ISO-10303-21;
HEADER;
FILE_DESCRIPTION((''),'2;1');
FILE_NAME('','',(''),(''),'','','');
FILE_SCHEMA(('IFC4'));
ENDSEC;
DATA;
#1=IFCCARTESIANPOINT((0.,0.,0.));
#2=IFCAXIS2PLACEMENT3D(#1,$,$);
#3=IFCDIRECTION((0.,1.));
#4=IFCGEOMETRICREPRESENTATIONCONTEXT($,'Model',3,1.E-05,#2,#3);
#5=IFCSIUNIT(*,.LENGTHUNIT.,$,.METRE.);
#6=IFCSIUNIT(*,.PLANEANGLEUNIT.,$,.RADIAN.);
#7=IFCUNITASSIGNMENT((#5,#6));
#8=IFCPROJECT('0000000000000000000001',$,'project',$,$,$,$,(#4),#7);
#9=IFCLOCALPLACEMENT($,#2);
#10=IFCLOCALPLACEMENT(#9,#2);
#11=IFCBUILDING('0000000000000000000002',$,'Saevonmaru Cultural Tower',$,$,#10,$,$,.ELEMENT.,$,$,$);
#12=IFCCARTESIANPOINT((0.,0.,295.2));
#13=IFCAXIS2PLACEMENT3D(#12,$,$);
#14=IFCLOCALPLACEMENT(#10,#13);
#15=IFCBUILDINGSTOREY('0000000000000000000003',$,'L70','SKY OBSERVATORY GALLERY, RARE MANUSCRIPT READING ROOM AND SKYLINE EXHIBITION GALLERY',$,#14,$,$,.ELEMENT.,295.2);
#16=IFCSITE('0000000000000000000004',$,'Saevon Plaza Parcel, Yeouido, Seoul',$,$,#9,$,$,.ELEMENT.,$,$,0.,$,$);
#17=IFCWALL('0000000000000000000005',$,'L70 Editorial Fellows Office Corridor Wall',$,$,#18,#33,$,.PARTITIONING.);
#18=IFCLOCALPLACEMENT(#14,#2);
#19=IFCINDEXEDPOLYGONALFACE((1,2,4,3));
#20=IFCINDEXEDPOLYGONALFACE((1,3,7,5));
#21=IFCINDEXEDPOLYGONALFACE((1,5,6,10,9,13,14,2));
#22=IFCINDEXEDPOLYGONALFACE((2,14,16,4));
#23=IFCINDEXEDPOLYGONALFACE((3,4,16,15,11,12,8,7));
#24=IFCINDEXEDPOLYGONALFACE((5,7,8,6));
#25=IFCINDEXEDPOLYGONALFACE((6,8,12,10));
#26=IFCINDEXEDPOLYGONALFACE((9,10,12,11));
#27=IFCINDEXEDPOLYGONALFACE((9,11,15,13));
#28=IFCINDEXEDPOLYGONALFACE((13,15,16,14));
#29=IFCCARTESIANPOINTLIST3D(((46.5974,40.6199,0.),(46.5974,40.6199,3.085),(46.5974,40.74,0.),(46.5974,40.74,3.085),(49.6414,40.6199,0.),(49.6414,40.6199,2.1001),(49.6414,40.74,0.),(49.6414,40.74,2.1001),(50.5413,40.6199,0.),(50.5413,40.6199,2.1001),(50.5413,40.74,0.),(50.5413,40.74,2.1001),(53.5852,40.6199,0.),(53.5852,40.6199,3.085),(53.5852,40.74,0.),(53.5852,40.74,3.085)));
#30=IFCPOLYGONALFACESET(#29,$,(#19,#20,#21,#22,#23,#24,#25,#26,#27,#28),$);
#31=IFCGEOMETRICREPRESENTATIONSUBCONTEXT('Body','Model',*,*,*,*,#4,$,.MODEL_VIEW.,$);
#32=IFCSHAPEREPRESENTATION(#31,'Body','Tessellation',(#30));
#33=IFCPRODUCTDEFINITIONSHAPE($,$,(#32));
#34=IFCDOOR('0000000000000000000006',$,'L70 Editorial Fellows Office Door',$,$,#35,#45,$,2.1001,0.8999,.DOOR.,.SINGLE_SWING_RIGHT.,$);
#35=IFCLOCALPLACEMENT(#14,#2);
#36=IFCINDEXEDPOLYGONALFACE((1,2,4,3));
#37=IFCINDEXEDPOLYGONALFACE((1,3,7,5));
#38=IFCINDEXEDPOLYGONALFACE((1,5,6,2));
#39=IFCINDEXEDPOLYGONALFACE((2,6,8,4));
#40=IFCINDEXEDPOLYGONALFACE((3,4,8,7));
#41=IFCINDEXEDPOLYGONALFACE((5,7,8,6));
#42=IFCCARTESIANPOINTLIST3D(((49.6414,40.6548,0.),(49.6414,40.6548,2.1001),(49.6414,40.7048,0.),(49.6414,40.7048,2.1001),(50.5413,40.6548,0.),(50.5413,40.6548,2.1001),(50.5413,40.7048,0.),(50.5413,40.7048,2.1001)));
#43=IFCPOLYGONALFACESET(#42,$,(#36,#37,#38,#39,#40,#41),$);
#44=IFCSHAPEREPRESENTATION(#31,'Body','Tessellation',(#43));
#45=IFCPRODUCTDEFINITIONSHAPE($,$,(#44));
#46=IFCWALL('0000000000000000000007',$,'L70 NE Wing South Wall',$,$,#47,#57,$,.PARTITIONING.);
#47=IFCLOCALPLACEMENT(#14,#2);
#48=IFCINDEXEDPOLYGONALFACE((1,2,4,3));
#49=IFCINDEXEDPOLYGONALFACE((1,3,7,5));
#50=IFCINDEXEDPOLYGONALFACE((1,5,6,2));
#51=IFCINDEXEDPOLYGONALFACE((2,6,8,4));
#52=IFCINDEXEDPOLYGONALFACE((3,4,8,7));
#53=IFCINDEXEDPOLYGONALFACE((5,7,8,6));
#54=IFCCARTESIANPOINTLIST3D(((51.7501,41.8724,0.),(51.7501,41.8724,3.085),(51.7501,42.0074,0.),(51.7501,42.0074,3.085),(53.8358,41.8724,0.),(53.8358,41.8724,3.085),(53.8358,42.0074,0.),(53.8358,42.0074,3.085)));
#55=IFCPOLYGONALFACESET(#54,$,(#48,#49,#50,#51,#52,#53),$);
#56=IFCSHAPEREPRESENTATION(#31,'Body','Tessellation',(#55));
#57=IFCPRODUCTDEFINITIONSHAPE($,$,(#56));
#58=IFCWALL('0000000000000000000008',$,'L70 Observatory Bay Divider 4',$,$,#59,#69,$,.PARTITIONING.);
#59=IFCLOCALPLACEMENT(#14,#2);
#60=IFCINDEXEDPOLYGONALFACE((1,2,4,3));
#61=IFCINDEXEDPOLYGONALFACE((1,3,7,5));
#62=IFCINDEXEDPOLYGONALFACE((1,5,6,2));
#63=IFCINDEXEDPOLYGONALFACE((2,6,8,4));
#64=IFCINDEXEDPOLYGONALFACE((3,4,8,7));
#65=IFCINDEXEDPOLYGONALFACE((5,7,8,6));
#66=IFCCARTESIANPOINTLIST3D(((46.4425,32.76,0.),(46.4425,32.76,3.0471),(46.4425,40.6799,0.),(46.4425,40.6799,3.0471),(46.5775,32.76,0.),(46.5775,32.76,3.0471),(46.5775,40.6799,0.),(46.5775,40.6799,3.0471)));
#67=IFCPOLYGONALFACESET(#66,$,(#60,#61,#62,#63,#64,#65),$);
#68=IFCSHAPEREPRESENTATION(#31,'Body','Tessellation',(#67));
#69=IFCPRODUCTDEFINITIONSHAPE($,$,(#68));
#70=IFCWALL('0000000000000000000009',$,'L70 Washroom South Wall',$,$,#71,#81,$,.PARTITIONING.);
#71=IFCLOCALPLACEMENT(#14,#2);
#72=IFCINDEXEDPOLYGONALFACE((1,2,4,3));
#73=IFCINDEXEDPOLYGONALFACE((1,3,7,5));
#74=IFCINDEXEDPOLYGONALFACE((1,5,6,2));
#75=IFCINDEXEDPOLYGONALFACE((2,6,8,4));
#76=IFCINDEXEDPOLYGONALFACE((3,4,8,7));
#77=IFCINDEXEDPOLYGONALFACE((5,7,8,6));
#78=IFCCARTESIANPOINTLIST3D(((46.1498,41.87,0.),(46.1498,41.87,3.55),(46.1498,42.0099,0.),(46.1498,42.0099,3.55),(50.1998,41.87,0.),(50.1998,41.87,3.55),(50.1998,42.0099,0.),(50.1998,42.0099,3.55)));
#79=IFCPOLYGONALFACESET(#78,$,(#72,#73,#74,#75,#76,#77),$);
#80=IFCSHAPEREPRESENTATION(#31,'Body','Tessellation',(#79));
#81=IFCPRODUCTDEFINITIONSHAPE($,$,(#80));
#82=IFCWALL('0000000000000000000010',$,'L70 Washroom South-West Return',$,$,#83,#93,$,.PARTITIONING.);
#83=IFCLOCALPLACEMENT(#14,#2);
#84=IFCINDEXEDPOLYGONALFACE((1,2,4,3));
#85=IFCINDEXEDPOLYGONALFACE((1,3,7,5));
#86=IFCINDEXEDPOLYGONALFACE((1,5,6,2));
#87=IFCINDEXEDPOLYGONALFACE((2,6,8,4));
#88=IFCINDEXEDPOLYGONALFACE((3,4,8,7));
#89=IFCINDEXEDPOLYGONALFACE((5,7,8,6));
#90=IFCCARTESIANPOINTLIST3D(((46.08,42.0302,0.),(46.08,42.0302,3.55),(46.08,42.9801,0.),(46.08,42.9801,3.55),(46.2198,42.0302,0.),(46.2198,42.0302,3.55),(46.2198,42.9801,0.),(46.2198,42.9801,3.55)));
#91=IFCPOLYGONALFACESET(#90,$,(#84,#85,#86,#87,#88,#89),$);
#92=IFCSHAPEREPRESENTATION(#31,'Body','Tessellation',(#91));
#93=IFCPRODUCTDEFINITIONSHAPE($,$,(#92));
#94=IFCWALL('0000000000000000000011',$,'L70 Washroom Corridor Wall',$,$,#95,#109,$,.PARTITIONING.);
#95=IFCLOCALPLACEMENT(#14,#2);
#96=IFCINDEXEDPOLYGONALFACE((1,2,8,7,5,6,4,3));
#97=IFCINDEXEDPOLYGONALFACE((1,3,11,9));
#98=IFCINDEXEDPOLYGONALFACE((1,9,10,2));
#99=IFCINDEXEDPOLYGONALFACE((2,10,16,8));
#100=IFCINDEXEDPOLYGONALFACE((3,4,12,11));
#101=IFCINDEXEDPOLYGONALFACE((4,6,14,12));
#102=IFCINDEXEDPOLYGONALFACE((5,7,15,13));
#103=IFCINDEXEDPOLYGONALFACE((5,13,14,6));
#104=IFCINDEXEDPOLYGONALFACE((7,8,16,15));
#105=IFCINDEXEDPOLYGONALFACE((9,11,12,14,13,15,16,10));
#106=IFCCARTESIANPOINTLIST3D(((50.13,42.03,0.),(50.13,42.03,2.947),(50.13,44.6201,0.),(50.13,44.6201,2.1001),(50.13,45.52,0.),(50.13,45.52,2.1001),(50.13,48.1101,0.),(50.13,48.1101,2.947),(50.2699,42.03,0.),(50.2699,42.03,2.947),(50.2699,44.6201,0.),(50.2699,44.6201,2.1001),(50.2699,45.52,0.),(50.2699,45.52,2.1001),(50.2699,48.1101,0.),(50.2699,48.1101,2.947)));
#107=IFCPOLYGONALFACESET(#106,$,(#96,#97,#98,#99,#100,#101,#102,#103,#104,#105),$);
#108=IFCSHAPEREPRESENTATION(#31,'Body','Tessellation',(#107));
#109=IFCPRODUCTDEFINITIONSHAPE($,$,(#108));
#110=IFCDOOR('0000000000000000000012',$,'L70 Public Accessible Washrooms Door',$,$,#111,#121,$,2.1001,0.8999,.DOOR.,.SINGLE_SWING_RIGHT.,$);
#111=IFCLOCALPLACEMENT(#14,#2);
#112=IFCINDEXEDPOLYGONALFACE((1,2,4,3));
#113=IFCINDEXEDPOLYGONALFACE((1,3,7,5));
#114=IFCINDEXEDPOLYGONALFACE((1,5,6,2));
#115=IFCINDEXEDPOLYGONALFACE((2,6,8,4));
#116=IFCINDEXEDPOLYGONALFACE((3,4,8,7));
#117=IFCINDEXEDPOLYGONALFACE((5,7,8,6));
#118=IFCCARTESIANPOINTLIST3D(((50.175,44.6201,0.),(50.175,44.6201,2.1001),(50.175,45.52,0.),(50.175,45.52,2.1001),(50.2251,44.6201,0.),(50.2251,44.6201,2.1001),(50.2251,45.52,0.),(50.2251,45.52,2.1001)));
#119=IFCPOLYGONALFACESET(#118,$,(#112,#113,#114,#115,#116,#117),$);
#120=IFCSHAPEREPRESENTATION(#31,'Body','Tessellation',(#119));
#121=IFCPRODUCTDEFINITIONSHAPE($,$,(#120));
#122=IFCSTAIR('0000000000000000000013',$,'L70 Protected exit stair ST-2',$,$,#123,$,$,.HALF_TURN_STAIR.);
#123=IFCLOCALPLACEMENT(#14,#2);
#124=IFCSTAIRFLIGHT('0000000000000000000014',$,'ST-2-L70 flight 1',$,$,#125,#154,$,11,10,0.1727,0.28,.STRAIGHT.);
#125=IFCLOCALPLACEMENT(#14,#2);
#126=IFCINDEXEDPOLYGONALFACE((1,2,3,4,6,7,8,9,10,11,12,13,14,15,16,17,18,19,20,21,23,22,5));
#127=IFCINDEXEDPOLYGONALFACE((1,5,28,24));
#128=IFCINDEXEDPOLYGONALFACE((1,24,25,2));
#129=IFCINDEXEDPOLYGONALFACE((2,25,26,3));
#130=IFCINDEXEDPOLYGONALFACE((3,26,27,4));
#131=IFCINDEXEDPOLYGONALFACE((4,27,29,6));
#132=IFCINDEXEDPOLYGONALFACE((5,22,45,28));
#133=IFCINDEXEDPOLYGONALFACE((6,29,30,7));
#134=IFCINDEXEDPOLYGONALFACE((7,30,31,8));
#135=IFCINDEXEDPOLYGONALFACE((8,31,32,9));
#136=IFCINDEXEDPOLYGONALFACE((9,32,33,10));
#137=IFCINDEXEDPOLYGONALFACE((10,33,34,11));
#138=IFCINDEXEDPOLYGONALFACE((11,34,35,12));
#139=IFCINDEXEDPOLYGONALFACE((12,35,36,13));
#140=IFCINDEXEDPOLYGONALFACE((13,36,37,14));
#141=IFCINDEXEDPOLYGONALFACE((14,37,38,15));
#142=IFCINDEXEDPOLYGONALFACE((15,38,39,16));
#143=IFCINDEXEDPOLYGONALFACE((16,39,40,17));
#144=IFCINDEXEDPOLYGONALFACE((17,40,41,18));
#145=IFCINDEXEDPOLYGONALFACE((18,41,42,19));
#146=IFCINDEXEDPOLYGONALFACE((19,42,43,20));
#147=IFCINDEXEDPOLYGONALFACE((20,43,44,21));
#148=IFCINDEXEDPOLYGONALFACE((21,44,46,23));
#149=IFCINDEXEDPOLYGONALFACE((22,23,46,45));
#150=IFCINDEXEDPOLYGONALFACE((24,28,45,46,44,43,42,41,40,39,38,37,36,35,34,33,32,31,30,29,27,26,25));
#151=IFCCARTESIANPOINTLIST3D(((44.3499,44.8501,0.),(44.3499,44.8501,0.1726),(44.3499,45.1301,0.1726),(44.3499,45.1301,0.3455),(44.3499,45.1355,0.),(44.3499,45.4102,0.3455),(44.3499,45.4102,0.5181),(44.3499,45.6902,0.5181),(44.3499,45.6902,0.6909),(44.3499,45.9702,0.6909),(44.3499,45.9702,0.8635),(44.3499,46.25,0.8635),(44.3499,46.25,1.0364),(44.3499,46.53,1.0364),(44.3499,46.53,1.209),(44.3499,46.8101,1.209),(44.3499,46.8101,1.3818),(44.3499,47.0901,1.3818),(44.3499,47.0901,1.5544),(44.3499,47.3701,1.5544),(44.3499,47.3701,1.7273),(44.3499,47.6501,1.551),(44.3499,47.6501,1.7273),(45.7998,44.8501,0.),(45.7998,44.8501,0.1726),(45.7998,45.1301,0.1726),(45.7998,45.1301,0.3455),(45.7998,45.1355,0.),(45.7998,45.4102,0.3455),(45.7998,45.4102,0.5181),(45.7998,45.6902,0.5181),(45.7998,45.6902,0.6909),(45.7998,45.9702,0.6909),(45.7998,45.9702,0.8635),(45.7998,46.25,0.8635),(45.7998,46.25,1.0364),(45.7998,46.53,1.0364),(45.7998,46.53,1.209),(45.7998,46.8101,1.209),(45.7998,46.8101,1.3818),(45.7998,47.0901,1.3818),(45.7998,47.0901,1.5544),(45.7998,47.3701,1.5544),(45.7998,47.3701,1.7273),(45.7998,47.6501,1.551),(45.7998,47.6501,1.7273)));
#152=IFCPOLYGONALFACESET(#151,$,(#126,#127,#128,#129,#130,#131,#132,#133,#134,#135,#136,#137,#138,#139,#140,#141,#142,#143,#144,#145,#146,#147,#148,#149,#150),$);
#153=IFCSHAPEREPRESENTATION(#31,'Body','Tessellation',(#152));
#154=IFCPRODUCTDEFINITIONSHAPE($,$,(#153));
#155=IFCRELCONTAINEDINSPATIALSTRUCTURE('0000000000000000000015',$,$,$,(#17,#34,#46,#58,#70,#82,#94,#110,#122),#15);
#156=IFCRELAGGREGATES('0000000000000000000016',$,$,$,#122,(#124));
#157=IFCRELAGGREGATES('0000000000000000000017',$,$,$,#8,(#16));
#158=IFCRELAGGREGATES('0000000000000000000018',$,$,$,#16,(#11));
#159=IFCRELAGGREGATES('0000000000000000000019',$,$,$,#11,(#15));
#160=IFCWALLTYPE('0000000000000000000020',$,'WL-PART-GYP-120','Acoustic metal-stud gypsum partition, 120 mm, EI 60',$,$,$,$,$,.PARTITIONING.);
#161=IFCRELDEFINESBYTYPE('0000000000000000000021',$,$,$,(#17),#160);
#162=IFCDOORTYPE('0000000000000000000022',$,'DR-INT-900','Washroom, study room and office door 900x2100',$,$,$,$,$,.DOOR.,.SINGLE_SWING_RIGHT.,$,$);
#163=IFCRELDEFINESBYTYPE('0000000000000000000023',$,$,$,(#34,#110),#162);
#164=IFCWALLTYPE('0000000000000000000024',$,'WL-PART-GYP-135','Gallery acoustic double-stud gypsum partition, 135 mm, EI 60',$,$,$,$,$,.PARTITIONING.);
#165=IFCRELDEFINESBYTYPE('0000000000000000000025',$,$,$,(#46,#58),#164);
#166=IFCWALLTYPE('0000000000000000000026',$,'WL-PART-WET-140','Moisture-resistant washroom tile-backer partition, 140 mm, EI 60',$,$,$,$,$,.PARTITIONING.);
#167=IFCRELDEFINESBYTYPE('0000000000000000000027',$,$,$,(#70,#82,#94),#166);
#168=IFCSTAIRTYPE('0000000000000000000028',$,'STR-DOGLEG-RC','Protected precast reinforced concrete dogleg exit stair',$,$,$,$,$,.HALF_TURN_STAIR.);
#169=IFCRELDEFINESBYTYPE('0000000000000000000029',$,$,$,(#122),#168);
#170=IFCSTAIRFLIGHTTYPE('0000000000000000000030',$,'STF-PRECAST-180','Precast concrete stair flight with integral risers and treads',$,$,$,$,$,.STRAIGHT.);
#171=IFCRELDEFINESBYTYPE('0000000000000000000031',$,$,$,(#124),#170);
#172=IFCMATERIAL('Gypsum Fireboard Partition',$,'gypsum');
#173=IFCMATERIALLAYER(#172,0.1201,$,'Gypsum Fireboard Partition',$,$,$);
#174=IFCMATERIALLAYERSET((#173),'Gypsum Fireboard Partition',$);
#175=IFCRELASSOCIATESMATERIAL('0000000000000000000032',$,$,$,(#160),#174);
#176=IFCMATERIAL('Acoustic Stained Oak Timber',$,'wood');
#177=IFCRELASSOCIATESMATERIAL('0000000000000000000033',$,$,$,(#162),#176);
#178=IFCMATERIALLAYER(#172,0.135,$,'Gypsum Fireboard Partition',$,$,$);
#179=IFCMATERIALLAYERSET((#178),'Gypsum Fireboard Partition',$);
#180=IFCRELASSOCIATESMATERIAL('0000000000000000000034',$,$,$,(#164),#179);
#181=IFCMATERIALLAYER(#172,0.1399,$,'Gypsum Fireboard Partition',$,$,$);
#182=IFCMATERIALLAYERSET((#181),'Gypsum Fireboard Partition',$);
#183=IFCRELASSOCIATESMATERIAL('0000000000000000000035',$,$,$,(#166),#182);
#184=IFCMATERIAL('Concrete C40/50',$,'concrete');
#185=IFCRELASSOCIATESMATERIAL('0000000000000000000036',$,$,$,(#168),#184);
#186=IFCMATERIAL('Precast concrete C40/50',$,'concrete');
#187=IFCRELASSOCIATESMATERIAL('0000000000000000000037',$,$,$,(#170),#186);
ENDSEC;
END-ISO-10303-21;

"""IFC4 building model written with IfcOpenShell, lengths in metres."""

from ifc_helpers import new_model, si_unit, direction, frame, frame_2d, origin, place, context, subcontext, project, spatial, polyline, rectangle, outline, extrude, material, layer, layer_set, type_object, element, fill, aggregate, save


model = new_model("IFC4")

# Units and contexts
model_context = context("Model", 3, precision=1e-05, world=origin(), true_north=direction((0.0, 1.0)))
body_context = subcontext(model_context, "Body", "Model", "MODEL_VIEW")
ifc_project = project(units=[si_unit("LENGTHUNIT", "METRE"), si_unit("PLANEANGLEUNIT", "RADIAN")], contexts=[model_context])

# Site, building, storey
site_placement = place(None, origin())
site = spatial("IfcSite", under=ifc_project, at=site_placement, Name="Saevon Plaza Parcel, Yeouido, Seoul", CompositionType="ELEMENT", RefElevation=0.0)
building_placement = place(site_placement, origin())
building = spatial("IfcBuilding", under=site, at=building_placement, Name="Saevonmaru Cultural Tower", CompositionType="ELEMENT")
storey_placement = place(building_placement, frame((0.0, 0.0, 295.2)))
storey = spatial("IfcBuildingStorey", under=building, at=storey_placement, Name="L70", Description="SKY OBSERVATORY GALLERY, RARE MANUSCRIPT READING ROOM AND SKYLINE EXHIBITION GALLERY", CompositionType="ELEMENT", Elevation=295.2)

# Wall, opening, door
ifc_material_1 = material(Name="Gypsum Fireboard Partition", Category="gypsum")
ifc_layer_1 = layer(ifc_material_1, 0.1201, Name="Gypsum Fireboard Partition")
ifc_layer_set_1 = layer_set([ifc_layer_1], Name="Gypsum Fireboard Partition")
wall_type_1 = type_object("IfcWallType", Name="WL-PART-GYP-120", Description="Acoustic metal-stud gypsum partition, 120 mm, EI 60", PredefinedType="PARTITIONING", material=ifc_layer_set_1)
wall_1_placement = place(storey_placement, frame((46.5974, 40.6799, 0.0), z_axis=(0.0, 0.0, 1.0), x_axis=(1.0, 0.0, 0.0)))
wall_1 = element("IfcWall", 1, at=wall_1_placement, inside=storey, type_object=wall_type_1, Name="L70 Editorial Fellows Office Corridor Wall", PredefinedType="PARTITIONING", context=body_context, shape_type="SweptSolid", body=[
    extrude(rectangle(XDim=6.9878, YDim=0.1201, at=frame_2d((3.4939, 0.0))), origin(), (0.0, 0.0, 1.0), 3.085),
])
opening_1_placement = place(wall_1_placement, frame((3.0439, 0.0, 0.0)))
opening_1 = element("IfcOpeningElement", 2, at=opening_1_placement, cuts=wall_1, PredefinedType="OPENING", context=body_context, shape_type="SweptSolid", body=[
    extrude(rectangle(XDim=0.8999, YDim=2.1001, at=frame_2d((0.45, 1.05))), frame((0.0, 0.0701, 0.0), z_axis=(0.0, -1.0, 0.0), x_axis=(1.0, 0.0, 0.0)), (0.0, 0.0, 1.0), 0.1401),
])
ifc_material_2 = material(Name="Acoustic Stained Oak Timber", Category="wood")
door_type_1 = type_object("IfcDoorType", Name="DR-INT-900", Description="Washroom, study room and office door 900x2100", OperationType="SINGLE_SWING_RIGHT", PredefinedType="DOOR", material=ifc_material_2)
door_1_placement = place(opening_1_placement, origin())
door_1 = element("IfcDoor", 3, at=door_1_placement, inside=storey, type_object=door_type_1, Name="L70 Editorial Fellows Office Door", OperationType="SINGLE_SWING_RIGHT", OverallHeight=2.1001, OverallWidth=0.8999, PredefinedType="DOOR", context=body_context, shape_type="SweptSolid", body=[
    extrude(rectangle(XDim=0.8999, YDim=2.1001, at=frame_2d((0.45, 1.05))), frame((0.0, 0.0249, 0.0), z_axis=(0.0, -1.0, 0.0), x_axis=(1.0, 0.0, 0.0)), (0.0, 0.0, 1.0), 0.05),
])
fill(opening_1, door_1)

# Walls
ifc_layer_2 = layer(ifc_material_1, 0.135, Name="Gypsum Fireboard Partition")
ifc_layer_set_2 = layer_set([ifc_layer_2], Name="Gypsum Fireboard Partition")
wall_type_2 = type_object("IfcWallType", Name="WL-PART-GYP-135", Description="Gallery acoustic double-stud gypsum partition, 135 mm, EI 60", PredefinedType="PARTITIONING", material=ifc_layer_set_2)
wall_2_placement = place(storey_placement, frame((51.75, 41.9399, 0.0), z_axis=(0.0, 0.0, 1.0), x_axis=(1.0, 0.0, 0.0)))
element("IfcWall", 4, at=wall_2_placement, inside=storey, type_object=wall_type_2, Name="L70 NE Wing South Wall", PredefinedType="PARTITIONING", context=body_context, shape_type="SweptSolid", body=[
    extrude(rectangle(XDim=2.0857, YDim=0.135, at=frame_2d((1.043, 0.0))), origin(), (0.0, 0.0, 1.0), 3.085),
])
wall_3_placement = place(storey_placement, frame((46.51, 32.76, 0.0), z_axis=(0.0, 0.0, 1.0), x_axis=(0.0, 1.0, 0.0)))
element("IfcWall", 5, at=wall_3_placement, inside=storey, type_object=wall_type_2, Name="L70 Observatory Bay Divider 4", PredefinedType="PARTITIONING", context=body_context, shape_type="SweptSolid", body=[
    extrude(rectangle(XDim=7.9199, YDim=0.135, at=frame_2d((3.96, 0.0))), origin(), (0.0, 0.0, 1.0), 3.0471),
])
ifc_layer_3 = layer(ifc_material_1, 0.1399, Name="Gypsum Fireboard Partition")
ifc_layer_set_3 = layer_set([ifc_layer_3], Name="Gypsum Fireboard Partition")
wall_type_3 = type_object("IfcWallType", Name="WL-PART-WET-140", Description="Moisture-resistant washroom tile-backer partition, 140 mm, EI 60", PredefinedType="PARTITIONING", material=ifc_layer_set_3)
wall_4_placement = place(storey_placement, frame((46.1499, 41.9399, 0.0), z_axis=(0.0, 0.0, 1.0), x_axis=(1.0, 0.0, 0.0)))
element("IfcWall", 6, at=wall_4_placement, inside=storey, type_object=wall_type_3, Name="L70 Washroom South Wall", PredefinedType="PARTITIONING", context=body_context, shape_type="SweptSolid", body=[
    extrude(rectangle(XDim=4.05, YDim=0.1399, at=frame_2d((2.0249, 0.0))), origin(), (0.0, 0.0, 1.0), 3.55),
])
wall_5_placement = place(storey_placement, frame((46.1499, 42.03, 0.0), z_axis=(0.0, 0.0, 1.0), x_axis=(0.0, 1.0, 0.0)))
element("IfcWall", 7, at=wall_5_placement, inside=storey, type_object=wall_type_3, Name="L70 Washroom South-West Return", PredefinedType="PARTITIONING", context=body_context, shape_type="SweptSolid", body=[
    extrude(rectangle(XDim=0.95, YDim=0.1399, at=frame_2d((0.4751, 0.0))), origin(), (0.0, 0.0, 1.0), 3.55),
])

# Wall, opening, door
wall_6_placement = place(storey_placement, frame((50.2, 42.03, 0.0), z_axis=(0.0, 0.0, 1.0), x_axis=(0.0, 1.0, 0.0)))
wall_6 = element("IfcWall", 8, at=wall_6_placement, inside=storey, type_object=wall_type_3, Name="L70 Washroom Corridor Wall", PredefinedType="PARTITIONING", context=body_context, shape_type="SweptSolid", body=[
    extrude(rectangle(XDim=6.0801, YDim=0.1399, at=frame_2d((3.04, 0.0))), origin(), (0.0, 0.0, 1.0), 2.947),
])
opening_2_placement = place(wall_6_placement, frame((2.5901, 0.0, 0.0)))
opening_2 = element("IfcOpeningElement", 9, at=opening_2_placement, cuts=wall_6, PredefinedType="OPENING", context=body_context, shape_type="SweptSolid", body=[
    extrude(rectangle(XDim=0.8999, YDim=2.1001, at=frame_2d((0.45, 1.05))), frame((0.0, 0.0801, 0.0), z_axis=(0.0, -1.0, 0.0), x_axis=(1.0, 0.0, 0.0)), (0.0, 0.0, 1.0), 0.1599),
])
door_2_placement = place(opening_2_placement, origin())
door_2 = element("IfcDoor", 10, at=door_2_placement, inside=storey, type_object=door_type_1, Name="L70 Public Accessible Washrooms Door", OperationType="SINGLE_SWING_RIGHT", OverallHeight=2.1001, OverallWidth=0.8999, PredefinedType="DOOR", context=body_context, shape_type="SweptSolid", body=[
    extrude(rectangle(XDim=0.8999, YDim=2.1001, at=frame_2d((0.45, 1.05))), frame((0.0, 0.0249, 0.0), z_axis=(0.0, -1.0, 0.0), x_axis=(1.0, 0.0, 0.0)), (0.0, 0.0, 1.0), 0.05),
])
fill(opening_2, door_2)

# Stair, stair flight
ifc_material_3 = material(Name="Concrete C40/50", Category="concrete")
stair_type = type_object("IfcStairType", Name="STR-DOGLEG-RC", Description="Protected precast reinforced concrete dogleg exit stair", PredefinedType="HALF_TURN_STAIR", material=ifc_material_3)
stair_placement = place(storey_placement, origin())
stair = element("IfcStair", 11, at=stair_placement, inside=storey, type_object=stair_type, Name="L70 Protected exit stair ST-2", PredefinedType="HALF_TURN_STAIR")
ifc_material_4 = material(Name="Precast concrete C40/50", Category="concrete")
stair_flight_type = type_object("IfcStairFlightType", Name="STF-PRECAST-180", Description="Precast concrete stair flight with integral risers and treads", PredefinedType="STRAIGHT", material=ifc_material_4)
stair_flight_placement = place(storey_placement, frame((45.075, 44.8501, 0.0), z_axis=(0.0, 0.0, 1.0), x_axis=(0.0, 1.0, 0.0)))
stair_flight = element("IfcStairFlight", 12, at=stair_flight_placement, type_object=stair_flight_type, Name="ST-2-L70 flight 1", NumberOfRisers=11, NumberOfTreads=10, PredefinedType="STRAIGHT", RiserHeight=0.1727, TreadLength=0.28, context=body_context, shape_type="SweptSolid", body=[
    extrude(outline(polyline([(0.0, 0.0), (0.0, 0.1726), (0.28, 0.1726), (0.28, 0.3455), (0.5601, 0.3455), (0.5601, 0.5181), (0.8401, 0.5181), (0.8401, 0.6909), (1.1201, 0.6909), (1.1201, 0.8635), (1.3999, 0.8635), (1.3999, 1.0364), (1.6799, 1.0364), (1.6799, 1.209), (1.96, 1.209), (1.96, 1.3818), (2.24, 1.3818), (2.24, 1.5544), (2.52, 1.5544), (2.52, 1.7273), (2.8, 1.7273), (2.8, 1.8999), (2.8, 1.551), (0.2854, 0.0), (0.0, 0.0)])), frame((0.0, 0.7251, 0.0), z_axis=(0.0, -1.0, 0.0), x_axis=(1.0, 0.0, 0.0)), (0.0, 0.0, 1.0), 1.45),
])
aggregate(stair, [stair_flight])

save(model, "model.ifc")
